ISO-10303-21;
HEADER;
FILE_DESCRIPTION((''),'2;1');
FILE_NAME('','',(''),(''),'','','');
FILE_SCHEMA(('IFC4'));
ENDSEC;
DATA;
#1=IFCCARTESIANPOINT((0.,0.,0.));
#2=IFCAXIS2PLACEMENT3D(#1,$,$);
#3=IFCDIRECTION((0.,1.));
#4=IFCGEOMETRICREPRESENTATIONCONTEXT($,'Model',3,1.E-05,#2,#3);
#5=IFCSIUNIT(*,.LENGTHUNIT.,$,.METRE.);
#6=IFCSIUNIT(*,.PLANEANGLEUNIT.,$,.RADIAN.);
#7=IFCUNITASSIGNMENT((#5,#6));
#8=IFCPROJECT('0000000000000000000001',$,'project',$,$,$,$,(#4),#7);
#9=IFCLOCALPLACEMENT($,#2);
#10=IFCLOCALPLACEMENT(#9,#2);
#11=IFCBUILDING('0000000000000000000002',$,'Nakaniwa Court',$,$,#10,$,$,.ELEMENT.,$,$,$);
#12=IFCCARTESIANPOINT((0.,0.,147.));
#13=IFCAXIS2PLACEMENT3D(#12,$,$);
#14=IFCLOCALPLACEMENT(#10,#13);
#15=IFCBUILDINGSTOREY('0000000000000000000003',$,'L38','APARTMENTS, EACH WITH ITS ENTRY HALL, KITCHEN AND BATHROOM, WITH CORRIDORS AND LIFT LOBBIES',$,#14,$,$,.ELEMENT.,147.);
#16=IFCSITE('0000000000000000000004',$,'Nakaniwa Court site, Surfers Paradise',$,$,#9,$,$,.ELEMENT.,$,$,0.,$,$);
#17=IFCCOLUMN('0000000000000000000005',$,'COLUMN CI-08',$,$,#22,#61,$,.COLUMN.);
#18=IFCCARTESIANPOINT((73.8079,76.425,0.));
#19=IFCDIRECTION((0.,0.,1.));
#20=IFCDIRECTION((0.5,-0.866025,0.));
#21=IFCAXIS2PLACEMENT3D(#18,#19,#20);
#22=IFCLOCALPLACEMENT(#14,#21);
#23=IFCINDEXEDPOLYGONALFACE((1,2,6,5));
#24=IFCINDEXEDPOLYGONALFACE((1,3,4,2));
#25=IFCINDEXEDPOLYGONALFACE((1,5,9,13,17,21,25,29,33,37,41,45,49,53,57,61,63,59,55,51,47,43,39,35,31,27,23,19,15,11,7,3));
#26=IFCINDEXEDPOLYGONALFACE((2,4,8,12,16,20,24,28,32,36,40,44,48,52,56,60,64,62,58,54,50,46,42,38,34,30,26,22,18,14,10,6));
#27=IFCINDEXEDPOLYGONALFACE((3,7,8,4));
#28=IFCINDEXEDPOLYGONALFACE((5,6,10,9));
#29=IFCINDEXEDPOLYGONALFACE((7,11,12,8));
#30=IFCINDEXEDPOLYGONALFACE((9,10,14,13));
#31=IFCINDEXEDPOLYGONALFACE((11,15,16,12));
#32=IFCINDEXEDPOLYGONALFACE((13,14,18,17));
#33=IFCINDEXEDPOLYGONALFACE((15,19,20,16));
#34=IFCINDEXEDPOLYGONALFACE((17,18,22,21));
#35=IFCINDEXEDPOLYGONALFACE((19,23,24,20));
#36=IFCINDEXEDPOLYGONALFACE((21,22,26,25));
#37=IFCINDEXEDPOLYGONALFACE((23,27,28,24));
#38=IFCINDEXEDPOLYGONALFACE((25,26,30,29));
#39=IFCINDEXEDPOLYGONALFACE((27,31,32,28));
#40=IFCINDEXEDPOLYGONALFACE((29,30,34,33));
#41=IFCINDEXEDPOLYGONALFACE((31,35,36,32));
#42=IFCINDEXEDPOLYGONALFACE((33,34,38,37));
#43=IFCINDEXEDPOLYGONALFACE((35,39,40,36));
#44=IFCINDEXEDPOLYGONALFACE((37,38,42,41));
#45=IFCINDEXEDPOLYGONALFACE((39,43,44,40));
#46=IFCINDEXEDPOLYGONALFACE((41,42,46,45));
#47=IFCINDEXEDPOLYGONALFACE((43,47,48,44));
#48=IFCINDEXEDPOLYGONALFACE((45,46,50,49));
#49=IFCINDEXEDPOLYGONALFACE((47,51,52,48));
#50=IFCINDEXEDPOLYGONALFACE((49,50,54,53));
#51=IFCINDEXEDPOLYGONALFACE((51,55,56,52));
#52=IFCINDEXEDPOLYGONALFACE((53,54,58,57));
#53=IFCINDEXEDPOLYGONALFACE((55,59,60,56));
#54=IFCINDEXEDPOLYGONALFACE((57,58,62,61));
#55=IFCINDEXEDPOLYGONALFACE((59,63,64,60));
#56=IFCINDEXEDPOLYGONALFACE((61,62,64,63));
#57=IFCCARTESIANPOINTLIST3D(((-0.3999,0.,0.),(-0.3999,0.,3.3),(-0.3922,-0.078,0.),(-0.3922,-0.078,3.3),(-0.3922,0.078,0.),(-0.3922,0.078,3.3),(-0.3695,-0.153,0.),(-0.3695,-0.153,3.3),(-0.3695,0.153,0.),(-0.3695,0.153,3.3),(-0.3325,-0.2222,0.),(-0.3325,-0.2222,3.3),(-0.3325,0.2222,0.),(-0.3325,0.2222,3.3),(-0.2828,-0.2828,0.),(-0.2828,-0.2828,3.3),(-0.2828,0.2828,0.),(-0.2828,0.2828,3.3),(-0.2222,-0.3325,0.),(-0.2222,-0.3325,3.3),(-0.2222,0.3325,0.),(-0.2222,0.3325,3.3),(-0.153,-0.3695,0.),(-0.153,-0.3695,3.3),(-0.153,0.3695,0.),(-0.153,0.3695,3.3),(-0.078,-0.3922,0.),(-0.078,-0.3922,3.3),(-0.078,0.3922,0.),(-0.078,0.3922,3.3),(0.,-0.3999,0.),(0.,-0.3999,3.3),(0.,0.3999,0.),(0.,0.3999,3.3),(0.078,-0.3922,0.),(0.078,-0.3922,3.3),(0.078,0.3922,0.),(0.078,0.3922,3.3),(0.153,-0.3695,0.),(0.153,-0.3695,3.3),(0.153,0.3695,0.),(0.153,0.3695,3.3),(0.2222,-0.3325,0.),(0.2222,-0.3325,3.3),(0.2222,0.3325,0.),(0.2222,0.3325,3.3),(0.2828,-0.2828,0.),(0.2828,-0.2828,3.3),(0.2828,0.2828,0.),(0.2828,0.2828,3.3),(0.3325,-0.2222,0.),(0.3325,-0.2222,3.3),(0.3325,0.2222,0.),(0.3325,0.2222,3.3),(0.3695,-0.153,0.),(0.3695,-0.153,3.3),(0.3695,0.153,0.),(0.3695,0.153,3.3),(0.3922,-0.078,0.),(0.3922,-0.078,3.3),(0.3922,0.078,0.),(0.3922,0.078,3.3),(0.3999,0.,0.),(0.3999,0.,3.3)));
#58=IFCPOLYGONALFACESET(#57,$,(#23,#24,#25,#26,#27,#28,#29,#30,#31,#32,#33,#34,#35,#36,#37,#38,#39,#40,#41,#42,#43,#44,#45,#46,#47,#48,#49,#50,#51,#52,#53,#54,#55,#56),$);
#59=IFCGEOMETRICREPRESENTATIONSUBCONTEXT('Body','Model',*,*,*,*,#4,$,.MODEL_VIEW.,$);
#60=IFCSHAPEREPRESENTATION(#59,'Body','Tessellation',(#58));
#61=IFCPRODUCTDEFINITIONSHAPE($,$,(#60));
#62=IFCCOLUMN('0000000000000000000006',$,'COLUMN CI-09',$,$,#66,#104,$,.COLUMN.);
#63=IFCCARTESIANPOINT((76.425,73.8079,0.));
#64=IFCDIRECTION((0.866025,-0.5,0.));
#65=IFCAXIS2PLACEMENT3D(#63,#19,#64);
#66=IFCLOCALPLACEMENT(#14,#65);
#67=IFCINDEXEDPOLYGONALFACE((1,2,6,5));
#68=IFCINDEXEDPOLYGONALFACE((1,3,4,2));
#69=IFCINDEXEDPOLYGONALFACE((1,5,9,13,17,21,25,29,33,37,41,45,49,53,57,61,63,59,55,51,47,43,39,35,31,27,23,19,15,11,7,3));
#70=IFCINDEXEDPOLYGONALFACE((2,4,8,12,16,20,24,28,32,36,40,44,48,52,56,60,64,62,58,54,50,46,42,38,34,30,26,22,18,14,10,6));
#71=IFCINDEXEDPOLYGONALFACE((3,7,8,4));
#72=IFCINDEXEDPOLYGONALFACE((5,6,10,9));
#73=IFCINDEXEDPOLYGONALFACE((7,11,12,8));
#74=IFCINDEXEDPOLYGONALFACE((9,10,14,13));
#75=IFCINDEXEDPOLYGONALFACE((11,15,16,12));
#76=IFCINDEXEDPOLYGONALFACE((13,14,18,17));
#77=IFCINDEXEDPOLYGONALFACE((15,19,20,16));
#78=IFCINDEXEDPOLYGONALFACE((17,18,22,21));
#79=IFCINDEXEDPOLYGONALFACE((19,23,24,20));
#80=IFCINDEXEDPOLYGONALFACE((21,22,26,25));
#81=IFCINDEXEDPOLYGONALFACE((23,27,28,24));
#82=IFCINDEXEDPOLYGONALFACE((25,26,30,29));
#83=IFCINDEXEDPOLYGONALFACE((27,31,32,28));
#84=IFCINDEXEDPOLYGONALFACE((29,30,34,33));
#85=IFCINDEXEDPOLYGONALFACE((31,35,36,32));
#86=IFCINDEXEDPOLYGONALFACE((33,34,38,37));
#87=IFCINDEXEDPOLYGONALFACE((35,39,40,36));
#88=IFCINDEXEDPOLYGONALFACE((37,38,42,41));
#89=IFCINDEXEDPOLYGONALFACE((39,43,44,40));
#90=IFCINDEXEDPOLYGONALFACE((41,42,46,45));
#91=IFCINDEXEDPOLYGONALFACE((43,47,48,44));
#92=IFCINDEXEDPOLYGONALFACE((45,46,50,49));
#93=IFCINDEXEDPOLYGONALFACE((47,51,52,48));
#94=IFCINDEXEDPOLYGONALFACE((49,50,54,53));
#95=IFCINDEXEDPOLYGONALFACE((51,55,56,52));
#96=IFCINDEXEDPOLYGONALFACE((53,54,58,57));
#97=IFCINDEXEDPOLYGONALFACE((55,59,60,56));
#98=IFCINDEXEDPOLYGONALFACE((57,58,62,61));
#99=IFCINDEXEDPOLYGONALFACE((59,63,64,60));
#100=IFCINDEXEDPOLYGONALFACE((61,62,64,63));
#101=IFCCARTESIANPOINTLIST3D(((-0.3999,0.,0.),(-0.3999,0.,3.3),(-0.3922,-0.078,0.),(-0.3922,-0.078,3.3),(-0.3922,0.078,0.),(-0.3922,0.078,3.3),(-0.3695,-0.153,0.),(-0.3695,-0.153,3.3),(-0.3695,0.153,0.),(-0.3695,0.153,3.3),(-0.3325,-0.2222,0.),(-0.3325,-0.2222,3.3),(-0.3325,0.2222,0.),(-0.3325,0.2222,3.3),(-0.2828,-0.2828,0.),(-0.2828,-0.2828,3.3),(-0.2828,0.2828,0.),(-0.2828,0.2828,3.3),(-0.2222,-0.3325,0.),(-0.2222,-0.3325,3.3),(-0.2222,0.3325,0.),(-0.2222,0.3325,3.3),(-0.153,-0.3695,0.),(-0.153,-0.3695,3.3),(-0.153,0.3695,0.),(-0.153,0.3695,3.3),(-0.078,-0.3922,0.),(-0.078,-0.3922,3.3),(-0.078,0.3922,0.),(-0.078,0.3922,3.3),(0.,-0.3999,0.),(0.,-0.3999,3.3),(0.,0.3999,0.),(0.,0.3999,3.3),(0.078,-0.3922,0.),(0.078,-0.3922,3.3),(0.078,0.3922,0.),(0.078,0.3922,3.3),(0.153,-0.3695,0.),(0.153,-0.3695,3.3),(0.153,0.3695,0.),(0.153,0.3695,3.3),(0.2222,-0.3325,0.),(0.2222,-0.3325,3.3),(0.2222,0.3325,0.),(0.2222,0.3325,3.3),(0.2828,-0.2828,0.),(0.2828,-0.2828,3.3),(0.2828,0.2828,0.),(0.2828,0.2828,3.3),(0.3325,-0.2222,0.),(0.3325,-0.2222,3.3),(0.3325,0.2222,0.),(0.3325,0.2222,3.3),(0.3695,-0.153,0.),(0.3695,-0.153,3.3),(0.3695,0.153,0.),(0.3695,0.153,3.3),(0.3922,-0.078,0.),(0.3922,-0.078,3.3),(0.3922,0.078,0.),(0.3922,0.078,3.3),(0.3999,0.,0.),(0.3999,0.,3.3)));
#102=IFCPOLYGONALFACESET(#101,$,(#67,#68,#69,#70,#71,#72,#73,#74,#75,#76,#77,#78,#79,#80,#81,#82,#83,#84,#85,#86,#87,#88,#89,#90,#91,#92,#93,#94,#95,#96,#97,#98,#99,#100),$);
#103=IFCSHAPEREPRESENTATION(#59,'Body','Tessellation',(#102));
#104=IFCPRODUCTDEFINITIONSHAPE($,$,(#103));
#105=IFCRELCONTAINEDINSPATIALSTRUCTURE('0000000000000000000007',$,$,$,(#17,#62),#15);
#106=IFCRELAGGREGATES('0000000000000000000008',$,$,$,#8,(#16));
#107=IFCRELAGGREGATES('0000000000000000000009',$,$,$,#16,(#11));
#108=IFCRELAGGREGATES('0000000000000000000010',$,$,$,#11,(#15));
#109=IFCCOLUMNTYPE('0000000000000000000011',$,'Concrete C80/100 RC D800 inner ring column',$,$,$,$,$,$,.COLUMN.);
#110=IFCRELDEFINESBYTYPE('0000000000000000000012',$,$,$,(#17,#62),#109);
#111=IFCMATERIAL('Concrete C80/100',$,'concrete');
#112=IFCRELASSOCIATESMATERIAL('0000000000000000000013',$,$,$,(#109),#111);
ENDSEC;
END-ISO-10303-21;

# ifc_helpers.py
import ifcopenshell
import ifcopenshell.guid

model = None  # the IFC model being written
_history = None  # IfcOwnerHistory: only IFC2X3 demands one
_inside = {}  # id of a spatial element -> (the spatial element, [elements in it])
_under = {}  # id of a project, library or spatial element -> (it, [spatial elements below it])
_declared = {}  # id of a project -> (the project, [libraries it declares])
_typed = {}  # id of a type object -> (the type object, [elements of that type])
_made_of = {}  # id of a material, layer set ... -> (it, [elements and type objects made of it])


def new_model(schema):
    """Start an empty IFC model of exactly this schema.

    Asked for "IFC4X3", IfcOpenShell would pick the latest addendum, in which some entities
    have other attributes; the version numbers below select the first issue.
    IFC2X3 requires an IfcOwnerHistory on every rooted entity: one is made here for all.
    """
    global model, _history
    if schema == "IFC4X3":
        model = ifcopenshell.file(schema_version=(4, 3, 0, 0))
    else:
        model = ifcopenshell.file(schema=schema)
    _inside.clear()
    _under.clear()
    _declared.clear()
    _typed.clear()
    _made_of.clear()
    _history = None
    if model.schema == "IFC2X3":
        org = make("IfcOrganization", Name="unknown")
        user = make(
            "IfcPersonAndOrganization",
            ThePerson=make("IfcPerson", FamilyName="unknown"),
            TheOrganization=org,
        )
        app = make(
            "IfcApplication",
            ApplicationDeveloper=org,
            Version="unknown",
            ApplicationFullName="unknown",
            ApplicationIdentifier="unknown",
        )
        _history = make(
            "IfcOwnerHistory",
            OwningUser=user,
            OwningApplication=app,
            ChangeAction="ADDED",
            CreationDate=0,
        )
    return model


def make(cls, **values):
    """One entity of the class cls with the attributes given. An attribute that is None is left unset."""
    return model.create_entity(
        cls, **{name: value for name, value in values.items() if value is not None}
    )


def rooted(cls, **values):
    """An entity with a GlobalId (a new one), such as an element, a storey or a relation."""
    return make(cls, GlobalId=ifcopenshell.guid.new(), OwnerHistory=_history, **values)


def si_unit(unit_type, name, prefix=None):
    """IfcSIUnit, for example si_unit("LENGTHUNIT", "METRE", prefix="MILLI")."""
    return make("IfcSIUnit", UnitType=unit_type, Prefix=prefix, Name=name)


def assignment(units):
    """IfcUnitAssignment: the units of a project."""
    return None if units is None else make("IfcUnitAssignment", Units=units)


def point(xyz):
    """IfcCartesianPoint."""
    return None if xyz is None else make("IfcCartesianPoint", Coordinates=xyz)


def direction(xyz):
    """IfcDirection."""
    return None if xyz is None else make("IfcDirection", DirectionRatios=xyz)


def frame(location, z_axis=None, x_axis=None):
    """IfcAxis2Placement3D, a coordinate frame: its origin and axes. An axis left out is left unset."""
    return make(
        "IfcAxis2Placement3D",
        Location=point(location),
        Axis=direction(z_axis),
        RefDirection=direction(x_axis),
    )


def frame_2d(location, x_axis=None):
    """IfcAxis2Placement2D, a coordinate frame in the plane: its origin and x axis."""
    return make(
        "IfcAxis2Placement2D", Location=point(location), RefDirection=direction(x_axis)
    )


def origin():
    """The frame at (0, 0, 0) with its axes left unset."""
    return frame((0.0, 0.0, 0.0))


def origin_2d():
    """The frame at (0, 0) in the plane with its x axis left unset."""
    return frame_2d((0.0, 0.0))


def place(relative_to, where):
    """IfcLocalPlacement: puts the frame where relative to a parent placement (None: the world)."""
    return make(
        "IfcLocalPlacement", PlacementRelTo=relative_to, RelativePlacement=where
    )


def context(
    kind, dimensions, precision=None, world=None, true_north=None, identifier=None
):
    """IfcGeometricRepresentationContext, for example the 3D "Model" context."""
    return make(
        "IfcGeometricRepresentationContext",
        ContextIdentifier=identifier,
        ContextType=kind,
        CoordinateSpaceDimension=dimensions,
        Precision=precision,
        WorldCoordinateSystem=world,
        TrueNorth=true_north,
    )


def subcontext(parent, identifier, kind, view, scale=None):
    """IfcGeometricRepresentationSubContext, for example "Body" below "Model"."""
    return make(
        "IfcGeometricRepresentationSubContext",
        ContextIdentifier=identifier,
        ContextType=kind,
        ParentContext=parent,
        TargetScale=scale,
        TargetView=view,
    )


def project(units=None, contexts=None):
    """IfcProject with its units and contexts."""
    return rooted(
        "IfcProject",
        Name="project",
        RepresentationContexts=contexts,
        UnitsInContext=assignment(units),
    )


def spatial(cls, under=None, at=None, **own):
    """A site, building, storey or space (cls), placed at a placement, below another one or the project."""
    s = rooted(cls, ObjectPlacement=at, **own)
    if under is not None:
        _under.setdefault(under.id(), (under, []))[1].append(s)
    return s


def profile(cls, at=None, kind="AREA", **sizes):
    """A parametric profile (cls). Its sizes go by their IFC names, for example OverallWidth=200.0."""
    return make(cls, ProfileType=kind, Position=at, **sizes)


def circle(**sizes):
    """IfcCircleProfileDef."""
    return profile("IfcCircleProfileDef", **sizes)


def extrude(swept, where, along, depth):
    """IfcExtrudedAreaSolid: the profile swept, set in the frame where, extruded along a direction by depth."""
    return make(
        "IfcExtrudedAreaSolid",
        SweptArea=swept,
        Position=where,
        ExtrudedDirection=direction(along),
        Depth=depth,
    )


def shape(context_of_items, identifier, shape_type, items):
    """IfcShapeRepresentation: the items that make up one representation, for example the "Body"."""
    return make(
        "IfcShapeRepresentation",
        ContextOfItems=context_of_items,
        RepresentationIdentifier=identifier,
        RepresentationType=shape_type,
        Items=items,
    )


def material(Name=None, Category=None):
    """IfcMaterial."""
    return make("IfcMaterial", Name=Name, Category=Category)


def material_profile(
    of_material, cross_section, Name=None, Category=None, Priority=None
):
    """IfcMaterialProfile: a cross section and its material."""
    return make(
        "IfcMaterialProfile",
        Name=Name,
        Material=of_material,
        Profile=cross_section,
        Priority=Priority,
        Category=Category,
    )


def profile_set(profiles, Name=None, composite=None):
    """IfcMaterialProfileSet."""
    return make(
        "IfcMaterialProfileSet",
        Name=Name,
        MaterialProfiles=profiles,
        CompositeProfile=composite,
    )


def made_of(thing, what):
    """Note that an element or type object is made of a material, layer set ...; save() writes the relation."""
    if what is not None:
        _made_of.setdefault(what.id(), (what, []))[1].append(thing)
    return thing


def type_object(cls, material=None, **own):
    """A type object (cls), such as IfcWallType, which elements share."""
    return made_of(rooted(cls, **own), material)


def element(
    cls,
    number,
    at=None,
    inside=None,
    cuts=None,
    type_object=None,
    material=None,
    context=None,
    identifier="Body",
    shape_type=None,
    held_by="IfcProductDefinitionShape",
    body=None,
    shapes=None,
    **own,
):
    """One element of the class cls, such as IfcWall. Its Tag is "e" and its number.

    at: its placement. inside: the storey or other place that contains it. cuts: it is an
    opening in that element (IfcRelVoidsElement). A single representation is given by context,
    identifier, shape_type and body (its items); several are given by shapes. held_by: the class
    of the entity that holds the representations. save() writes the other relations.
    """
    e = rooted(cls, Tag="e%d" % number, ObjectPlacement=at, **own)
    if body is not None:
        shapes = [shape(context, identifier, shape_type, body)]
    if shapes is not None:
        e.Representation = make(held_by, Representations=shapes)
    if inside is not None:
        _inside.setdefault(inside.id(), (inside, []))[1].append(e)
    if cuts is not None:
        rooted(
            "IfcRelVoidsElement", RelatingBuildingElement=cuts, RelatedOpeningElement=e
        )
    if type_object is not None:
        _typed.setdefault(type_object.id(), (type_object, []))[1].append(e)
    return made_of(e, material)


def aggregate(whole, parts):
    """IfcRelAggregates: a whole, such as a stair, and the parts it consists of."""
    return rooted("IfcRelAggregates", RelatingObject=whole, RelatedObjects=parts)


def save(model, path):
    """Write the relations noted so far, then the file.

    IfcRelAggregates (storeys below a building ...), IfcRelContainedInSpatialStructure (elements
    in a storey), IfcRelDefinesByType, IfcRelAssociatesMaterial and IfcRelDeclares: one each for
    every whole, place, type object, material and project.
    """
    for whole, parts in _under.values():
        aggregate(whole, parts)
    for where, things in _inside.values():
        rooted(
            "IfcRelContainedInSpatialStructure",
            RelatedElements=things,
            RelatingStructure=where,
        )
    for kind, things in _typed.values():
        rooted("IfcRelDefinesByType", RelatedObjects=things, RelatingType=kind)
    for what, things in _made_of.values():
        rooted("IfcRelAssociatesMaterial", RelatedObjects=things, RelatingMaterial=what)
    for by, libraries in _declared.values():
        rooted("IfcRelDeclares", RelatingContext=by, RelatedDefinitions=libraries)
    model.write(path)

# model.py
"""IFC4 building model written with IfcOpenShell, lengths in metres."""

from ifc_helpers import new_model, si_unit, direction, frame, origin, origin_2d, place, context, subcontext, project, spatial, circle, extrude, material, material_profile, profile_set, type_object, element, save


model = new_model("IFC4")

# Units and contexts
model_context = context("Model", 3, precision=1e-05, world=origin(), true_north=direction((0.0, 1.0)))
body_context = subcontext(model_context, "Body", "Model", "MODEL_VIEW")
ifc_project = project(units=[si_unit("LENGTHUNIT", "METRE"), si_unit("PLANEANGLEUNIT", "RADIAN")], contexts=[model_context])

# Site, building, storey
site_placement = place(None, origin())
site = spatial("IfcSite", under=ifc_project, at=site_placement, Name="Nakaniwa Court site, Surfers Paradise", CompositionType="ELEMENT", RefElevation=0.0)
building_placement = place(site_placement, origin())
building = spatial("IfcBuilding", under=site, at=building_placement, Name="Nakaniwa Court", CompositionType="ELEMENT")
storey_placement = place(building_placement, frame((0.0, 0.0, 147.0)))
storey = spatial("IfcBuildingStorey", under=building, at=storey_placement, Name="L38", Description="APARTMENTS, EACH WITH ITS ENTRY HALL, KITCHEN AND BATHROOM, WITH CORRIDORS AND LIFT LOBBIES", CompositionType="ELEMENT", Elevation=147.0)

# Columns
ifc_material_1 = material(Name="Concrete C80/100", Category="concrete")
ifc_material_profile_1 = material_profile(ifc_material_1, circle(Radius=0.3999, at=origin_2d()), Name="Concrete C80/100 RC D800 inner ring column")
ifc_profile_set_1 = profile_set([ifc_material_profile_1], Name="Concrete C80/100")
column_type_1 = type_object("IfcColumnType", Name="Concrete C80/100 RC D800 inner ring column", PredefinedType="COLUMN", material=ifc_profile_set_1)
for number, where, z_axis, x_axis, name in (
    (1, (73.8079, 76.425, 0.0), (0.0, 0.0, 1.0), (0.5, -0.866025, 0.0), "COLUMN CI-08"),
    (2, (76.425, 73.8079, 0.0), (0.0, 0.0, 1.0), (0.866025, -0.5, 0.0), "COLUMN CI-09"),
):
    element("IfcColumn", number, at=place(storey_placement, frame(where, z_axis=z_axis, x_axis=x_axis)), inside=storey, type_object=column_type_1, Name=name, PredefinedType="COLUMN", context=body_context, shape_type="SweptSolid", body=[
        extrude(circle(Radius=0.3999, at=origin_2d()), origin(), (0.0, 0.0, 1.0), 3.3),
    ])

save(model, "model.ifc")
